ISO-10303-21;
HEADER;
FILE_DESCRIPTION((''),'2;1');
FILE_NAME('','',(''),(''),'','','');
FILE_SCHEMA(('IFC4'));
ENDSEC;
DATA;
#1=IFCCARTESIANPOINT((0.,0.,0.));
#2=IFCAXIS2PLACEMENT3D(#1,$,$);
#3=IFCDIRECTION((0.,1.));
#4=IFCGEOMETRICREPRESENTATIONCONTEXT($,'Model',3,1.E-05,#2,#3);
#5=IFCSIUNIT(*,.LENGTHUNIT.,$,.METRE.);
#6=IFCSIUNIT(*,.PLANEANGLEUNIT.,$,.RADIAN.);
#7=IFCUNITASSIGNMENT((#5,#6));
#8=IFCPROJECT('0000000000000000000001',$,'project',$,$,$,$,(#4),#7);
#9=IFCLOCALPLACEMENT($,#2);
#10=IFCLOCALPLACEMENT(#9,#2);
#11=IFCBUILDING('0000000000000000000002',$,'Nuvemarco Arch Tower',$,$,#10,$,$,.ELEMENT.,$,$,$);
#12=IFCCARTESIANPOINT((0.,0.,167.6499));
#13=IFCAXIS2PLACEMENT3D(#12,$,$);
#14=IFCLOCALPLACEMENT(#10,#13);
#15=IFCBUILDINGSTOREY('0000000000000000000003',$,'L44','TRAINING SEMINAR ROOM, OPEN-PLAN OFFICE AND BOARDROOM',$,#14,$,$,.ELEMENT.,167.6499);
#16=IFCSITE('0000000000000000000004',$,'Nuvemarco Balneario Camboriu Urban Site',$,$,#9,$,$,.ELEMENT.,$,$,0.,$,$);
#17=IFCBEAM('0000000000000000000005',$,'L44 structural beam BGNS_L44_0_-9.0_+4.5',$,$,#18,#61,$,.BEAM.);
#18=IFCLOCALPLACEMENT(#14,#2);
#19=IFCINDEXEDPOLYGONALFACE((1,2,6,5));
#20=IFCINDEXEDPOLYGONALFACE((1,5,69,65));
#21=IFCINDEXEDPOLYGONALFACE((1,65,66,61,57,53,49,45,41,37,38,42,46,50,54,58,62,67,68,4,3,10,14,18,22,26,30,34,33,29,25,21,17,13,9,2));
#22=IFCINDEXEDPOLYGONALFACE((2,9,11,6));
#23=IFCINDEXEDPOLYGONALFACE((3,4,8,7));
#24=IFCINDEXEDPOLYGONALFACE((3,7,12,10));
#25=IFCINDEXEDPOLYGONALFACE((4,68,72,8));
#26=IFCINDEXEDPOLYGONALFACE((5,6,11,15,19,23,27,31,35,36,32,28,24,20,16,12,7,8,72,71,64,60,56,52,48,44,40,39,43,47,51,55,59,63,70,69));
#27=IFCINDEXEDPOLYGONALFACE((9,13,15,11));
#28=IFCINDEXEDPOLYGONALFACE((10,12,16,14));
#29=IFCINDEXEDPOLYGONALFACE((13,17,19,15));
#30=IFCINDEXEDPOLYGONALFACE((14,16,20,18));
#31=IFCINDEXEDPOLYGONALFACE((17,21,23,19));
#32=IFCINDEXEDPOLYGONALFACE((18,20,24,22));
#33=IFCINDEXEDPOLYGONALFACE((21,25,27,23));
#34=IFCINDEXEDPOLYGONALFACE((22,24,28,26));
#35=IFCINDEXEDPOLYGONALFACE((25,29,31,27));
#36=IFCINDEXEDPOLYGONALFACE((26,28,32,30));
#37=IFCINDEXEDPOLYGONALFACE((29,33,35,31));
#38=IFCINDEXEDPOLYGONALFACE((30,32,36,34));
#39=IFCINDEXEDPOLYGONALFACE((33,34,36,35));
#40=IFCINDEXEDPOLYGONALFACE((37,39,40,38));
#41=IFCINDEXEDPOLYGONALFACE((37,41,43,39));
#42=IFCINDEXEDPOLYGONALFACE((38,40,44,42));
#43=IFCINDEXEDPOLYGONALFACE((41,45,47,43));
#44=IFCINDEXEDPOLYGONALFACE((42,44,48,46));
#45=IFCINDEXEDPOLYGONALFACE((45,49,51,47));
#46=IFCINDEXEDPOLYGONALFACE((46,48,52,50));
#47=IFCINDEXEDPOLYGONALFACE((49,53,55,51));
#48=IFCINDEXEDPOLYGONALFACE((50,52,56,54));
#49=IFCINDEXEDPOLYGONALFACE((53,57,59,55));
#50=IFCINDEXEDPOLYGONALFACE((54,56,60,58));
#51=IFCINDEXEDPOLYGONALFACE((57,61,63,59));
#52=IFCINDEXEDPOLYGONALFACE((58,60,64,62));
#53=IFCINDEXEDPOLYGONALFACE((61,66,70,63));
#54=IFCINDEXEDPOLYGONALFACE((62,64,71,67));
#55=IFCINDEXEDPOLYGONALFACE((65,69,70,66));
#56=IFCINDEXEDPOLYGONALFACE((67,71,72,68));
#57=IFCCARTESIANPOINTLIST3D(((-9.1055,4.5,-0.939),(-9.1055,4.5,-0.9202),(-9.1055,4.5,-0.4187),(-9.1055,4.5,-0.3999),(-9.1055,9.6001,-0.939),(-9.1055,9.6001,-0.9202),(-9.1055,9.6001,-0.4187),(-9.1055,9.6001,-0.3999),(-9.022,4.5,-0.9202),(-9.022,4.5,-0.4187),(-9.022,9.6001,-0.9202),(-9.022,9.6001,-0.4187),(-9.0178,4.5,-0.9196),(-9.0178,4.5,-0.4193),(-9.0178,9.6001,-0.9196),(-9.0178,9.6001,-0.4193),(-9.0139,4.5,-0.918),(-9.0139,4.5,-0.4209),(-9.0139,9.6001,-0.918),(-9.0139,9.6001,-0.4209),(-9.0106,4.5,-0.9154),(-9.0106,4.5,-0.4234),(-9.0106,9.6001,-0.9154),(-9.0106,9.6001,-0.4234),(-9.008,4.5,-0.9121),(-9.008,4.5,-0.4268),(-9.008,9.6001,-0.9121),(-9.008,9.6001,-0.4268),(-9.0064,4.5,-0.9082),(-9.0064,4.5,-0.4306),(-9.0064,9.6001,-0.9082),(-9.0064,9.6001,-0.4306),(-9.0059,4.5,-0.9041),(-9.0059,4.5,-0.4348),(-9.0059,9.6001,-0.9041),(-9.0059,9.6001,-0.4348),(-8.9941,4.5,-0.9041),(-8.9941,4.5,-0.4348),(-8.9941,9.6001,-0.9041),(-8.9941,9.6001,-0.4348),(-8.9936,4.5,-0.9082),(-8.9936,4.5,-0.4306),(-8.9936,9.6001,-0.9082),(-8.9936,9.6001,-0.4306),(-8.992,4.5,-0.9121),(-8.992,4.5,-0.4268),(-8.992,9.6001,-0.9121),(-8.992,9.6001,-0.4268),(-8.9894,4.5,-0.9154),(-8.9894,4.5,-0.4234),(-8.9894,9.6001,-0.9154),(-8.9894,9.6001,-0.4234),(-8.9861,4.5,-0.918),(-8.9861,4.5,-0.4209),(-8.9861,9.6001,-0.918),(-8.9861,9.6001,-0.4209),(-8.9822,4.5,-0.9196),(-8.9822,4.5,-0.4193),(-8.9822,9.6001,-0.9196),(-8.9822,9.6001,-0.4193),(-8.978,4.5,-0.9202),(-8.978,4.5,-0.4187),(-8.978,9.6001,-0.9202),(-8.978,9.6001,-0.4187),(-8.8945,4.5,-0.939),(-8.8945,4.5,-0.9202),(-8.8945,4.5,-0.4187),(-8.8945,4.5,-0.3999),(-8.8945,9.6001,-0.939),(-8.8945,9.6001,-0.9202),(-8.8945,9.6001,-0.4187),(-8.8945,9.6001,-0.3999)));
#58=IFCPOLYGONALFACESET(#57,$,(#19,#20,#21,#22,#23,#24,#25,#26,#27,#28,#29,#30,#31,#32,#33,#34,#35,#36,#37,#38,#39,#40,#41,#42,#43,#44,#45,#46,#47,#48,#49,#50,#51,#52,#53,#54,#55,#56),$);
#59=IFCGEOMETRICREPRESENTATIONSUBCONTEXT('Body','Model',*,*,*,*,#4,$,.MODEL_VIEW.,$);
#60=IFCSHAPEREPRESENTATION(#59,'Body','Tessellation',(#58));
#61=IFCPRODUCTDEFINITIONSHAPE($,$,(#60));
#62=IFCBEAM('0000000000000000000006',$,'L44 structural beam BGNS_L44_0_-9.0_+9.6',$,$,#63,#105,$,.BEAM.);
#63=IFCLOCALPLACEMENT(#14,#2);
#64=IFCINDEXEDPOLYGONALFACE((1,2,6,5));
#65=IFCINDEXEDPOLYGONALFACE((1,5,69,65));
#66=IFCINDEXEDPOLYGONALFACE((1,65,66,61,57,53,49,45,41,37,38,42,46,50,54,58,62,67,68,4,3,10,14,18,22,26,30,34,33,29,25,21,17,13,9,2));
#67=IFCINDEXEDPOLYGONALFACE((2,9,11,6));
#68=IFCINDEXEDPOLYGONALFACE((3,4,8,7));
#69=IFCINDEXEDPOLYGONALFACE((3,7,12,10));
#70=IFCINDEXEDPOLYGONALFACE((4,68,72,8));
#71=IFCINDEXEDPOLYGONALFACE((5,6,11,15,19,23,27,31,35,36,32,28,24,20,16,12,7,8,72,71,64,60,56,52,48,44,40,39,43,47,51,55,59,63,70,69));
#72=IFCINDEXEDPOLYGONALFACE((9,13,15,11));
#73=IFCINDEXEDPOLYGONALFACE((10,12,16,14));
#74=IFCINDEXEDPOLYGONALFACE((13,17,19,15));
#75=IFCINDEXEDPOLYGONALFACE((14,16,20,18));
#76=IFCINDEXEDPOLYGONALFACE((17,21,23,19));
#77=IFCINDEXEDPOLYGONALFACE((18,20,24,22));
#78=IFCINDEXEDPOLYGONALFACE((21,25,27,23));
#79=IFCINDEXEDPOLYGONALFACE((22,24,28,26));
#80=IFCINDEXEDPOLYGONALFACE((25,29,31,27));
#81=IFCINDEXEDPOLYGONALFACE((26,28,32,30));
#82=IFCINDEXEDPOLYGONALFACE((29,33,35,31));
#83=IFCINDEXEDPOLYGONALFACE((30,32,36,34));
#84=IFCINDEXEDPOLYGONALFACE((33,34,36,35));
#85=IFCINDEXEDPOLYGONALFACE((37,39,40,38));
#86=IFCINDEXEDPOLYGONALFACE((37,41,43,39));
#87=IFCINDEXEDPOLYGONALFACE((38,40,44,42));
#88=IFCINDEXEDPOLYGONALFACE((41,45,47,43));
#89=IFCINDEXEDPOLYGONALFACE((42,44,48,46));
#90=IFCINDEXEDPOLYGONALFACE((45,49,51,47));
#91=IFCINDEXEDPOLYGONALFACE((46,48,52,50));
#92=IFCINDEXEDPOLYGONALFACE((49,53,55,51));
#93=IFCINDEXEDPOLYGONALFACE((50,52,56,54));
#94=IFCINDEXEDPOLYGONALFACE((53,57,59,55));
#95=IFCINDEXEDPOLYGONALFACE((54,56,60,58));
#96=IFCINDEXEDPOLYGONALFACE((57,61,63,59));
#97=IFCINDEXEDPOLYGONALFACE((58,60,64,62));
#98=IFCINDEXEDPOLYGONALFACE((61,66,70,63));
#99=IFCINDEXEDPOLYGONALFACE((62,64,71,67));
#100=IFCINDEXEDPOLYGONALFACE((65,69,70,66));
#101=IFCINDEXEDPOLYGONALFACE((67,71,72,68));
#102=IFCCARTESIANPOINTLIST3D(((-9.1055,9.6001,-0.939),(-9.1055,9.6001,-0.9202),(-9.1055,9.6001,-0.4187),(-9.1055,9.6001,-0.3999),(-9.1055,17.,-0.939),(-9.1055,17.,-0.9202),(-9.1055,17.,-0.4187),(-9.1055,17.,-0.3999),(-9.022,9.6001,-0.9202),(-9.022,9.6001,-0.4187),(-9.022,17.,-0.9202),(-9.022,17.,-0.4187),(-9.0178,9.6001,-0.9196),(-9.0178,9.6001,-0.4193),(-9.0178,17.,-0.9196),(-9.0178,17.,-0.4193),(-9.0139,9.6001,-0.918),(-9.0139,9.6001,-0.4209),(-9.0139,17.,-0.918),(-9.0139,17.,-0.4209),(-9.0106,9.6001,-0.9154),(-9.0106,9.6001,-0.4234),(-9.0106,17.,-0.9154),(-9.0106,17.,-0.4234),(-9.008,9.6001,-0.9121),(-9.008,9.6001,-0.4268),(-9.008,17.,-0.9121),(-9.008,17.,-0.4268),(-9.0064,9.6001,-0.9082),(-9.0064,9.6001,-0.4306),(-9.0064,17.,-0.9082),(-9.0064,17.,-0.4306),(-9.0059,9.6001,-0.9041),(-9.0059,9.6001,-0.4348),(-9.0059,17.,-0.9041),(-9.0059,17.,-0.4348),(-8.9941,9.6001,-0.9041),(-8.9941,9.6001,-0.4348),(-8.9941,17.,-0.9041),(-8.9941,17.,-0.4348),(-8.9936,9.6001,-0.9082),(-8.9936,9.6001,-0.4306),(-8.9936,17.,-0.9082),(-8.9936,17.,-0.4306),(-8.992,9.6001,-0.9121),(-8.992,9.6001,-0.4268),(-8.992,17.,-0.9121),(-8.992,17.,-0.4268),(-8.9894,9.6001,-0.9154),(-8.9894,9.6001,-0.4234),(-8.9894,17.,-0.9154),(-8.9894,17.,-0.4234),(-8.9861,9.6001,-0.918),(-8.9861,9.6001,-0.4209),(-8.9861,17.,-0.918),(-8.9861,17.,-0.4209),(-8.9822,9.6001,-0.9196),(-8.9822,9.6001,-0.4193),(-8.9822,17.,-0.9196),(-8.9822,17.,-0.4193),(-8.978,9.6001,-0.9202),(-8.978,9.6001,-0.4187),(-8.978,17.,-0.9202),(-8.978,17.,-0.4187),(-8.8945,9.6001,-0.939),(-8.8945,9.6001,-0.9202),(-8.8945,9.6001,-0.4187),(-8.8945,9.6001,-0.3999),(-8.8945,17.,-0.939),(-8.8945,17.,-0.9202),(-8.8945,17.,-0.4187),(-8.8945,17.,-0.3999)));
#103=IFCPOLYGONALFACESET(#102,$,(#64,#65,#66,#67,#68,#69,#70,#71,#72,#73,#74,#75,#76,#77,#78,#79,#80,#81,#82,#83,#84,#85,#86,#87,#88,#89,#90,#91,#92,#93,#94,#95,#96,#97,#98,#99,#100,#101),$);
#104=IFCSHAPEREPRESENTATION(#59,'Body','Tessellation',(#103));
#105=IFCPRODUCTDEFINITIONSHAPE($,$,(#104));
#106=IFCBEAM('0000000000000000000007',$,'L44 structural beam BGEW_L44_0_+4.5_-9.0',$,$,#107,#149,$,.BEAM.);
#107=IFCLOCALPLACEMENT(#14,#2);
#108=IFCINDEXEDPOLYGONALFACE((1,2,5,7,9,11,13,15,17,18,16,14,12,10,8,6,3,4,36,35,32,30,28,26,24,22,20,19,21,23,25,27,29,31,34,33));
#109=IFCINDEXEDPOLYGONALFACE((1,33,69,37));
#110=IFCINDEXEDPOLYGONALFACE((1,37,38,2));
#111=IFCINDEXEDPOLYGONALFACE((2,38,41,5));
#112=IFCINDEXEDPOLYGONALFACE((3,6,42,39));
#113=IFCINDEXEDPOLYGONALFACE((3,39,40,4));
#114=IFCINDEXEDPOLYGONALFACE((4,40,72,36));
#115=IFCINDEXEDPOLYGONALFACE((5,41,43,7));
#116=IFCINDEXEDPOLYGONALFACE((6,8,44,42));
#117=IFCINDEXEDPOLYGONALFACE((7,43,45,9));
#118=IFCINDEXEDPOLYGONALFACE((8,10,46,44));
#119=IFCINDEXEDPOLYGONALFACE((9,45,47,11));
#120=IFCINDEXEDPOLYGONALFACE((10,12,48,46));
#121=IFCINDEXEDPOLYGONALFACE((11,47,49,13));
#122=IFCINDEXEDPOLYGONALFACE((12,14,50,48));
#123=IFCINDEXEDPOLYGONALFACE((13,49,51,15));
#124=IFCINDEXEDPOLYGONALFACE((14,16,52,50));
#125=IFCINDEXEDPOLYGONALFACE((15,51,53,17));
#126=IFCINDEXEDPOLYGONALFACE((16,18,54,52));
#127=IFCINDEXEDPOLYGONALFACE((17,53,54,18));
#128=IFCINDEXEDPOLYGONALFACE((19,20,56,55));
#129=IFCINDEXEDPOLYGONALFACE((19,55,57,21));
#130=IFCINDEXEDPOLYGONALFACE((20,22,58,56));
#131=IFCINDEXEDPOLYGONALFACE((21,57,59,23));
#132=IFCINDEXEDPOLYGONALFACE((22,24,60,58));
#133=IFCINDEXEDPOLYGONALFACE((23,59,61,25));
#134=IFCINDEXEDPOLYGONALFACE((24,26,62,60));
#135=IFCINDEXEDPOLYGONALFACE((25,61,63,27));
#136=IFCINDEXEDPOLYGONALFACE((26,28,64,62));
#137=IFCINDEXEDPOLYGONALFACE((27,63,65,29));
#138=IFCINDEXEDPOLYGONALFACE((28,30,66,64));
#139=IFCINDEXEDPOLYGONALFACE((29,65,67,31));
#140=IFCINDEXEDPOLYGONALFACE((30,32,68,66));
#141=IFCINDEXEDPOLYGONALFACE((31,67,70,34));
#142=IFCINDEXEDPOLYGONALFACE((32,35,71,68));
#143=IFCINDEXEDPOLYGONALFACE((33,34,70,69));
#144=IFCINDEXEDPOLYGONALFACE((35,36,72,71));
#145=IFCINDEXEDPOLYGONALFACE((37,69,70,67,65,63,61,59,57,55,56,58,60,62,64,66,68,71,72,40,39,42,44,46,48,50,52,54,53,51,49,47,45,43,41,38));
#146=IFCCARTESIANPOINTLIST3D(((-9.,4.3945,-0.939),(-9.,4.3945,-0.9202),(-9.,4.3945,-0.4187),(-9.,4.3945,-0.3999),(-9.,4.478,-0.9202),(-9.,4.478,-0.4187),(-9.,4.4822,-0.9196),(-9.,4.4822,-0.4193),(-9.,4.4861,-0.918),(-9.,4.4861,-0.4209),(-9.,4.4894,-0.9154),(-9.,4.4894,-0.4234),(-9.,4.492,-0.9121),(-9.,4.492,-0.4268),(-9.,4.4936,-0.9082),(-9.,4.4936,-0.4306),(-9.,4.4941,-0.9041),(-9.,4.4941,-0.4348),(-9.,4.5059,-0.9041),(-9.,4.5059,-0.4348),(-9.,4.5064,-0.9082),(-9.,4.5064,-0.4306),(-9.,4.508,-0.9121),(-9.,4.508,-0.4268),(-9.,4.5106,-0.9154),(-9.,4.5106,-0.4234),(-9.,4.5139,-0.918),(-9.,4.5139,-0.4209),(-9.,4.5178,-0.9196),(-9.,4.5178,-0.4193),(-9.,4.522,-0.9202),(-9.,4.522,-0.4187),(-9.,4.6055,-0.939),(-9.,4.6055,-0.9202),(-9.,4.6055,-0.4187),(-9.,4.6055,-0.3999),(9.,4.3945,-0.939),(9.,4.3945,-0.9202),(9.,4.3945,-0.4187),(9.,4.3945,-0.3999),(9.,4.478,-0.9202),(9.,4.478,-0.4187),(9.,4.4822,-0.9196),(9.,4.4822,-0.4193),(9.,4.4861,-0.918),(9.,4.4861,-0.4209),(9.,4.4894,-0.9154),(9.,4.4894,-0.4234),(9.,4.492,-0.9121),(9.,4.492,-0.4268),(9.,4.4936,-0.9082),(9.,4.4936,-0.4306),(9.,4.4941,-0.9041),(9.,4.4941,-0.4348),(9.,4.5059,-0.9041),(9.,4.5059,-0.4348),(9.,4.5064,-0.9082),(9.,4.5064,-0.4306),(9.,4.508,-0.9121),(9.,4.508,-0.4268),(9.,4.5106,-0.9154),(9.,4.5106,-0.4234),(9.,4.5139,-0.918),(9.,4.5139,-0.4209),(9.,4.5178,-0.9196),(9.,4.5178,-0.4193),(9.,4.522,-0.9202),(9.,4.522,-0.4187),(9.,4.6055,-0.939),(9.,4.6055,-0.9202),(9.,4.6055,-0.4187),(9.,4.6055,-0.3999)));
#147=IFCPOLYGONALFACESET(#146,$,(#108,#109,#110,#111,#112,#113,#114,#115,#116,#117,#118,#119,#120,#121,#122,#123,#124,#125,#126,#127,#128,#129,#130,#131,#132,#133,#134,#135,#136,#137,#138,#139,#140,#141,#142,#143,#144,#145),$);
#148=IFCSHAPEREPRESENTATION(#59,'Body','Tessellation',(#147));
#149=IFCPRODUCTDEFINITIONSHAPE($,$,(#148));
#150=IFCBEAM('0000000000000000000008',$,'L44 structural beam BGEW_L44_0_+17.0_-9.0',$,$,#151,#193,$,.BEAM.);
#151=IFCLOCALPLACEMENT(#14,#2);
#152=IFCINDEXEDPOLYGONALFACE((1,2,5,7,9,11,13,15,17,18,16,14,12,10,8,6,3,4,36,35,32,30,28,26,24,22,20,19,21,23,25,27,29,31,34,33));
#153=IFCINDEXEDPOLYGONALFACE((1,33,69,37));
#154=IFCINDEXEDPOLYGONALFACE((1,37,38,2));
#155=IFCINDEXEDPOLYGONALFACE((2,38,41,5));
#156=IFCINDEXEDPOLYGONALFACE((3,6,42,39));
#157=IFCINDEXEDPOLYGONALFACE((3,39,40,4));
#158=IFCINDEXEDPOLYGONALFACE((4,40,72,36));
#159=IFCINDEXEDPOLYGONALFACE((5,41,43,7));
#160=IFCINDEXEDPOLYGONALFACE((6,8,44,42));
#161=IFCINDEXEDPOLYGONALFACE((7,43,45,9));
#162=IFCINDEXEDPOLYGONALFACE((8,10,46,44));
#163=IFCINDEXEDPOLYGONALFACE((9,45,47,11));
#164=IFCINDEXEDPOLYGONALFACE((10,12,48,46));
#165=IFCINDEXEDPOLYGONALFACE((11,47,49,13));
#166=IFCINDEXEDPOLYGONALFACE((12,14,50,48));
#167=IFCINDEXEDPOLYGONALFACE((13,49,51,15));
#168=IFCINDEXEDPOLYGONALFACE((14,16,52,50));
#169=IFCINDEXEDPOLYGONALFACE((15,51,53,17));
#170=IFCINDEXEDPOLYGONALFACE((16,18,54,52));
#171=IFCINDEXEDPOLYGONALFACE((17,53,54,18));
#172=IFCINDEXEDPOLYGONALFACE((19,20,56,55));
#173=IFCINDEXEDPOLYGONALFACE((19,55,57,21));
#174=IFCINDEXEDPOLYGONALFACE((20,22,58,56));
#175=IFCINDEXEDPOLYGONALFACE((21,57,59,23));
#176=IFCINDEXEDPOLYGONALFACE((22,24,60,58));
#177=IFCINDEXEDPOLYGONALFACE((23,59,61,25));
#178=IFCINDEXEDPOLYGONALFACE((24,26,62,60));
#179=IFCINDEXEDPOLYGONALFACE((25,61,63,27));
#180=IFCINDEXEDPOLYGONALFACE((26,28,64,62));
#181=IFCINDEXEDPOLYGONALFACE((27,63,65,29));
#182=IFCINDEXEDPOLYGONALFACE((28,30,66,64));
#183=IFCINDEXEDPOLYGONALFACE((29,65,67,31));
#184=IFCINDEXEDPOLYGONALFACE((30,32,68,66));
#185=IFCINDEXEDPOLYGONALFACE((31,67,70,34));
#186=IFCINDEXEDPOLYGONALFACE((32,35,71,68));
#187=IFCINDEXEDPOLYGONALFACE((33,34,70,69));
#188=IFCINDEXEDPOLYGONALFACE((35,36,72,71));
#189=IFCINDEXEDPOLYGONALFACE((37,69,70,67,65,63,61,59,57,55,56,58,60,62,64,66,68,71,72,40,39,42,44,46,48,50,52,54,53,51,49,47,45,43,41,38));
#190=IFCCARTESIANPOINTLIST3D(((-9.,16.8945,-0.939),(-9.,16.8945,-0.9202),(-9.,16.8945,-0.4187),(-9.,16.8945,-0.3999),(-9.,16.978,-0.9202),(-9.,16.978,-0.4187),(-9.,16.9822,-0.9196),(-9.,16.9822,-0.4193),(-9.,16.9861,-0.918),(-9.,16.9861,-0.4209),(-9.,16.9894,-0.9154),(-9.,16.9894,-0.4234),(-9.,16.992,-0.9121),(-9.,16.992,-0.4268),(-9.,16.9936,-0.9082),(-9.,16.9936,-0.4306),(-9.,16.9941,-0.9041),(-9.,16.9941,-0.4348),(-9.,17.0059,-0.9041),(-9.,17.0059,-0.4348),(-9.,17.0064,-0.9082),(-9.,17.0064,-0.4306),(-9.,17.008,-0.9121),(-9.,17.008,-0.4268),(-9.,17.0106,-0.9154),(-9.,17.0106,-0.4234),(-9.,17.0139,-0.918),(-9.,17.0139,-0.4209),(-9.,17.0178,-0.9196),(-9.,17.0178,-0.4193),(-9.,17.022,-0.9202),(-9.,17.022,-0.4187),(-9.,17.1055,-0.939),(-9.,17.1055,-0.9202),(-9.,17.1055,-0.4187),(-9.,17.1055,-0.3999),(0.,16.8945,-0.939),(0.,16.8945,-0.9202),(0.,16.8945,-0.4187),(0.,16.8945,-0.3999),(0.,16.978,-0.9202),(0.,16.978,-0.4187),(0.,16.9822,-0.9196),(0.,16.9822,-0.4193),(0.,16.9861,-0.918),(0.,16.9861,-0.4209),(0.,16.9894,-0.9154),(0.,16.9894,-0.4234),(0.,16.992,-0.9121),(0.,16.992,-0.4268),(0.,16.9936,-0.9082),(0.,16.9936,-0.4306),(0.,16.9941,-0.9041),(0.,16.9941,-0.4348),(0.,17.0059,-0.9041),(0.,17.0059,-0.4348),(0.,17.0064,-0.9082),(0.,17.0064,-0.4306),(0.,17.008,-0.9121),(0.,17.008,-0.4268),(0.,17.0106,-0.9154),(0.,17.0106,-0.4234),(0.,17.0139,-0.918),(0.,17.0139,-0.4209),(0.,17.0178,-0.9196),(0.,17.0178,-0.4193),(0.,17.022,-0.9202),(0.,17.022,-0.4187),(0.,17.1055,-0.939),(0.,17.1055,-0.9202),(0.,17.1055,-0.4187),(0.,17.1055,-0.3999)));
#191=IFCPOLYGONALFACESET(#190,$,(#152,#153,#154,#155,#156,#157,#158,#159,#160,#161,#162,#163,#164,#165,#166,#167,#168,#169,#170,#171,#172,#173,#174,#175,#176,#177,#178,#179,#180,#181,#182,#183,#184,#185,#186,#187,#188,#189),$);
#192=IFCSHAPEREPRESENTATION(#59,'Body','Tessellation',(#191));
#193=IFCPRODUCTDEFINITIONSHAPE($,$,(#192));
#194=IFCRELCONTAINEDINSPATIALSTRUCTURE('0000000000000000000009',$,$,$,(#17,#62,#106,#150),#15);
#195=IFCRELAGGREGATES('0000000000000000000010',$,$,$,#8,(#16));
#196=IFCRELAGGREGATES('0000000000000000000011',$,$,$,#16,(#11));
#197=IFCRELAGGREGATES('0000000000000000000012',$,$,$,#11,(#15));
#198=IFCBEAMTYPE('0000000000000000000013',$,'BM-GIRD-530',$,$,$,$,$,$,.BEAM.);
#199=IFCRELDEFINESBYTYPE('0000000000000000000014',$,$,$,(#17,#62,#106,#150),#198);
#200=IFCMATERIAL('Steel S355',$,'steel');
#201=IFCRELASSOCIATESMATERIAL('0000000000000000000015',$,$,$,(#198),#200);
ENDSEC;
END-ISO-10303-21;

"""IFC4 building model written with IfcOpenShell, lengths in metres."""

from ifc_helpers import new_model, si_unit, direction, frame, origin, origin_2d, place, context, subcontext, project, spatial, i_section, extrude, material, material_profile, profile_set, type_object, element, save


model = new_model("IFC4")

# Units and contexts
model_context = context("Model", 3, precision=1e-05, world=origin(), true_north=direction((0.0, 1.0)))
body_context = subcontext(model_context, "Body", "Model", "MODEL_VIEW")
ifc_project = project(units=[si_unit("LENGTHUNIT", "METRE"), si_unit("PLANEANGLEUNIT", "RADIAN")], contexts=[model_context])

# Site, building, storey
site_placement = place(None, origin())
site = spatial("IfcSite", under=ifc_project, at=site_placement, Name="Nuvemarco Balneario Camboriu Urban Site", CompositionType="ELEMENT", RefElevation=0.0)
building_placement = place(site_placement, origin())
building = spatial("IfcBuilding", under=site, at=building_placement, Name="Nuvemarco Arch Tower", CompositionType="ELEMENT")
storey_placement = place(building_placement, frame((0.0, 0.0, 167.6499)))
storey = spatial("IfcBuildingStorey", under=building, at=storey_placement, Name="L44", Description="TRAINING SEMINAR ROOM, OPEN-PLAN OFFICE AND BOARDROOM", CompositionType="ELEMENT", Elevation=167.6499)

# Shared definitions
ifc_material_1 = material(Name="Steel S355", Category="steel")

# Beams
ifc_material_profile_1 = material_profile(ifc_material_1, i_section(OverallWidth=0.2109, OverallDepth=0.5391, WebThickness=0.0117, FlangeThickness=0.0188, FilletRadius=0.0161, at=origin_2d()), Name="W530x109")
ifc_profile_set_1 = profile_set([ifc_material_profile_1], Name="Steel S355")
beam_type_1 = type_object("IfcBeamType", Name="BM-GIRD-530", PredefinedType="BEAM", material=ifc_profile_set_1)
beam_1_placement = place(storey_placement, frame((-9.0, 4.5, -0.6694), z_axis=(0.0, 1.0, 0.0), x_axis=(-1.0, 0.0, 0.0)))
element("IfcBeam", 1, at=beam_1_placement, inside=storey, type_object=beam_type_1, Name="L44 structural beam BGNS_L44_0_-9.0_+4.5", PredefinedType="BEAM", context=body_context, shape_type="SweptSolid", body=[
    extrude(i_section(OverallWidth=0.2109, OverallDepth=0.5391, WebThickness=0.0117, FlangeThickness=0.0188, FilletRadius=0.0161, at=origin_2d()), origin(), (0.0, 0.0, 1.0), 5.1001),
])
beam_2_placement = place(storey_placement, frame((-9.0, 9.6001, -0.6694), z_axis=(0.0, 1.0, 0.0), x_axis=(-1.0, 0.0, 0.0)))
element("IfcBeam", 2, at=beam_2_placement, inside=storey, type_object=beam_type_1, Name="L44 structural beam BGNS_L44_0_-9.0_+9.6", PredefinedType="BEAM", context=body_context, shape_type="SweptSolid", body=[
    extrude(i_section(OverallWidth=0.2109, OverallDepth=0.5391, WebThickness=0.0117, FlangeThickness=0.0188, FilletRadius=0.0161, at=origin_2d()), origin(), (0.0, 0.0, 1.0), 7.3999),
])
beam_3_placement = place(storey_placement, frame((-9.0, 4.5, -0.6694), z_axis=(1.0, 0.0, 0.0), x_axis=(0.0, 1.0, 0.0)))
element("IfcBeam", 3, at=beam_3_placement, inside=storey, type_object=beam_type_1, Name="L44 structural beam BGEW_L44_0_+4.5_-9.0", PredefinedType="BEAM", context=body_context, shape_type="SweptSolid", body=[
    extrude(i_section(OverallWidth=0.2109, OverallDepth=0.5391, WebThickness=0.0117, FlangeThickness=0.0188, FilletRadius=0.0161, at=origin_2d()), origin(), (0.0, 0.0, 1.0), 18.0),
])
beam_4_placement = place(storey_placement, frame((-9.0, 17.0, -0.6694), z_axis=(1.0, 0.0, 0.0), x_axis=(0.0, 1.0, 0.0)))
element("IfcBeam", 4, at=beam_4_placement, inside=storey, type_object=beam_type_1, Name="L44 structural beam BGEW_L44_0_+17.0_-9.0", PredefinedType="BEAM", context=body_context, shape_type="SweptSolid", body=[
    extrude(i_section(OverallWidth=0.2109, OverallDepth=0.5391, WebThickness=0.0117, FlangeThickness=0.0188, FilletRadius=0.0161, at=origin_2d()), origin(), (0.0, 0.0, 1.0), 9.0),
])

save(model, "model.ifc")
